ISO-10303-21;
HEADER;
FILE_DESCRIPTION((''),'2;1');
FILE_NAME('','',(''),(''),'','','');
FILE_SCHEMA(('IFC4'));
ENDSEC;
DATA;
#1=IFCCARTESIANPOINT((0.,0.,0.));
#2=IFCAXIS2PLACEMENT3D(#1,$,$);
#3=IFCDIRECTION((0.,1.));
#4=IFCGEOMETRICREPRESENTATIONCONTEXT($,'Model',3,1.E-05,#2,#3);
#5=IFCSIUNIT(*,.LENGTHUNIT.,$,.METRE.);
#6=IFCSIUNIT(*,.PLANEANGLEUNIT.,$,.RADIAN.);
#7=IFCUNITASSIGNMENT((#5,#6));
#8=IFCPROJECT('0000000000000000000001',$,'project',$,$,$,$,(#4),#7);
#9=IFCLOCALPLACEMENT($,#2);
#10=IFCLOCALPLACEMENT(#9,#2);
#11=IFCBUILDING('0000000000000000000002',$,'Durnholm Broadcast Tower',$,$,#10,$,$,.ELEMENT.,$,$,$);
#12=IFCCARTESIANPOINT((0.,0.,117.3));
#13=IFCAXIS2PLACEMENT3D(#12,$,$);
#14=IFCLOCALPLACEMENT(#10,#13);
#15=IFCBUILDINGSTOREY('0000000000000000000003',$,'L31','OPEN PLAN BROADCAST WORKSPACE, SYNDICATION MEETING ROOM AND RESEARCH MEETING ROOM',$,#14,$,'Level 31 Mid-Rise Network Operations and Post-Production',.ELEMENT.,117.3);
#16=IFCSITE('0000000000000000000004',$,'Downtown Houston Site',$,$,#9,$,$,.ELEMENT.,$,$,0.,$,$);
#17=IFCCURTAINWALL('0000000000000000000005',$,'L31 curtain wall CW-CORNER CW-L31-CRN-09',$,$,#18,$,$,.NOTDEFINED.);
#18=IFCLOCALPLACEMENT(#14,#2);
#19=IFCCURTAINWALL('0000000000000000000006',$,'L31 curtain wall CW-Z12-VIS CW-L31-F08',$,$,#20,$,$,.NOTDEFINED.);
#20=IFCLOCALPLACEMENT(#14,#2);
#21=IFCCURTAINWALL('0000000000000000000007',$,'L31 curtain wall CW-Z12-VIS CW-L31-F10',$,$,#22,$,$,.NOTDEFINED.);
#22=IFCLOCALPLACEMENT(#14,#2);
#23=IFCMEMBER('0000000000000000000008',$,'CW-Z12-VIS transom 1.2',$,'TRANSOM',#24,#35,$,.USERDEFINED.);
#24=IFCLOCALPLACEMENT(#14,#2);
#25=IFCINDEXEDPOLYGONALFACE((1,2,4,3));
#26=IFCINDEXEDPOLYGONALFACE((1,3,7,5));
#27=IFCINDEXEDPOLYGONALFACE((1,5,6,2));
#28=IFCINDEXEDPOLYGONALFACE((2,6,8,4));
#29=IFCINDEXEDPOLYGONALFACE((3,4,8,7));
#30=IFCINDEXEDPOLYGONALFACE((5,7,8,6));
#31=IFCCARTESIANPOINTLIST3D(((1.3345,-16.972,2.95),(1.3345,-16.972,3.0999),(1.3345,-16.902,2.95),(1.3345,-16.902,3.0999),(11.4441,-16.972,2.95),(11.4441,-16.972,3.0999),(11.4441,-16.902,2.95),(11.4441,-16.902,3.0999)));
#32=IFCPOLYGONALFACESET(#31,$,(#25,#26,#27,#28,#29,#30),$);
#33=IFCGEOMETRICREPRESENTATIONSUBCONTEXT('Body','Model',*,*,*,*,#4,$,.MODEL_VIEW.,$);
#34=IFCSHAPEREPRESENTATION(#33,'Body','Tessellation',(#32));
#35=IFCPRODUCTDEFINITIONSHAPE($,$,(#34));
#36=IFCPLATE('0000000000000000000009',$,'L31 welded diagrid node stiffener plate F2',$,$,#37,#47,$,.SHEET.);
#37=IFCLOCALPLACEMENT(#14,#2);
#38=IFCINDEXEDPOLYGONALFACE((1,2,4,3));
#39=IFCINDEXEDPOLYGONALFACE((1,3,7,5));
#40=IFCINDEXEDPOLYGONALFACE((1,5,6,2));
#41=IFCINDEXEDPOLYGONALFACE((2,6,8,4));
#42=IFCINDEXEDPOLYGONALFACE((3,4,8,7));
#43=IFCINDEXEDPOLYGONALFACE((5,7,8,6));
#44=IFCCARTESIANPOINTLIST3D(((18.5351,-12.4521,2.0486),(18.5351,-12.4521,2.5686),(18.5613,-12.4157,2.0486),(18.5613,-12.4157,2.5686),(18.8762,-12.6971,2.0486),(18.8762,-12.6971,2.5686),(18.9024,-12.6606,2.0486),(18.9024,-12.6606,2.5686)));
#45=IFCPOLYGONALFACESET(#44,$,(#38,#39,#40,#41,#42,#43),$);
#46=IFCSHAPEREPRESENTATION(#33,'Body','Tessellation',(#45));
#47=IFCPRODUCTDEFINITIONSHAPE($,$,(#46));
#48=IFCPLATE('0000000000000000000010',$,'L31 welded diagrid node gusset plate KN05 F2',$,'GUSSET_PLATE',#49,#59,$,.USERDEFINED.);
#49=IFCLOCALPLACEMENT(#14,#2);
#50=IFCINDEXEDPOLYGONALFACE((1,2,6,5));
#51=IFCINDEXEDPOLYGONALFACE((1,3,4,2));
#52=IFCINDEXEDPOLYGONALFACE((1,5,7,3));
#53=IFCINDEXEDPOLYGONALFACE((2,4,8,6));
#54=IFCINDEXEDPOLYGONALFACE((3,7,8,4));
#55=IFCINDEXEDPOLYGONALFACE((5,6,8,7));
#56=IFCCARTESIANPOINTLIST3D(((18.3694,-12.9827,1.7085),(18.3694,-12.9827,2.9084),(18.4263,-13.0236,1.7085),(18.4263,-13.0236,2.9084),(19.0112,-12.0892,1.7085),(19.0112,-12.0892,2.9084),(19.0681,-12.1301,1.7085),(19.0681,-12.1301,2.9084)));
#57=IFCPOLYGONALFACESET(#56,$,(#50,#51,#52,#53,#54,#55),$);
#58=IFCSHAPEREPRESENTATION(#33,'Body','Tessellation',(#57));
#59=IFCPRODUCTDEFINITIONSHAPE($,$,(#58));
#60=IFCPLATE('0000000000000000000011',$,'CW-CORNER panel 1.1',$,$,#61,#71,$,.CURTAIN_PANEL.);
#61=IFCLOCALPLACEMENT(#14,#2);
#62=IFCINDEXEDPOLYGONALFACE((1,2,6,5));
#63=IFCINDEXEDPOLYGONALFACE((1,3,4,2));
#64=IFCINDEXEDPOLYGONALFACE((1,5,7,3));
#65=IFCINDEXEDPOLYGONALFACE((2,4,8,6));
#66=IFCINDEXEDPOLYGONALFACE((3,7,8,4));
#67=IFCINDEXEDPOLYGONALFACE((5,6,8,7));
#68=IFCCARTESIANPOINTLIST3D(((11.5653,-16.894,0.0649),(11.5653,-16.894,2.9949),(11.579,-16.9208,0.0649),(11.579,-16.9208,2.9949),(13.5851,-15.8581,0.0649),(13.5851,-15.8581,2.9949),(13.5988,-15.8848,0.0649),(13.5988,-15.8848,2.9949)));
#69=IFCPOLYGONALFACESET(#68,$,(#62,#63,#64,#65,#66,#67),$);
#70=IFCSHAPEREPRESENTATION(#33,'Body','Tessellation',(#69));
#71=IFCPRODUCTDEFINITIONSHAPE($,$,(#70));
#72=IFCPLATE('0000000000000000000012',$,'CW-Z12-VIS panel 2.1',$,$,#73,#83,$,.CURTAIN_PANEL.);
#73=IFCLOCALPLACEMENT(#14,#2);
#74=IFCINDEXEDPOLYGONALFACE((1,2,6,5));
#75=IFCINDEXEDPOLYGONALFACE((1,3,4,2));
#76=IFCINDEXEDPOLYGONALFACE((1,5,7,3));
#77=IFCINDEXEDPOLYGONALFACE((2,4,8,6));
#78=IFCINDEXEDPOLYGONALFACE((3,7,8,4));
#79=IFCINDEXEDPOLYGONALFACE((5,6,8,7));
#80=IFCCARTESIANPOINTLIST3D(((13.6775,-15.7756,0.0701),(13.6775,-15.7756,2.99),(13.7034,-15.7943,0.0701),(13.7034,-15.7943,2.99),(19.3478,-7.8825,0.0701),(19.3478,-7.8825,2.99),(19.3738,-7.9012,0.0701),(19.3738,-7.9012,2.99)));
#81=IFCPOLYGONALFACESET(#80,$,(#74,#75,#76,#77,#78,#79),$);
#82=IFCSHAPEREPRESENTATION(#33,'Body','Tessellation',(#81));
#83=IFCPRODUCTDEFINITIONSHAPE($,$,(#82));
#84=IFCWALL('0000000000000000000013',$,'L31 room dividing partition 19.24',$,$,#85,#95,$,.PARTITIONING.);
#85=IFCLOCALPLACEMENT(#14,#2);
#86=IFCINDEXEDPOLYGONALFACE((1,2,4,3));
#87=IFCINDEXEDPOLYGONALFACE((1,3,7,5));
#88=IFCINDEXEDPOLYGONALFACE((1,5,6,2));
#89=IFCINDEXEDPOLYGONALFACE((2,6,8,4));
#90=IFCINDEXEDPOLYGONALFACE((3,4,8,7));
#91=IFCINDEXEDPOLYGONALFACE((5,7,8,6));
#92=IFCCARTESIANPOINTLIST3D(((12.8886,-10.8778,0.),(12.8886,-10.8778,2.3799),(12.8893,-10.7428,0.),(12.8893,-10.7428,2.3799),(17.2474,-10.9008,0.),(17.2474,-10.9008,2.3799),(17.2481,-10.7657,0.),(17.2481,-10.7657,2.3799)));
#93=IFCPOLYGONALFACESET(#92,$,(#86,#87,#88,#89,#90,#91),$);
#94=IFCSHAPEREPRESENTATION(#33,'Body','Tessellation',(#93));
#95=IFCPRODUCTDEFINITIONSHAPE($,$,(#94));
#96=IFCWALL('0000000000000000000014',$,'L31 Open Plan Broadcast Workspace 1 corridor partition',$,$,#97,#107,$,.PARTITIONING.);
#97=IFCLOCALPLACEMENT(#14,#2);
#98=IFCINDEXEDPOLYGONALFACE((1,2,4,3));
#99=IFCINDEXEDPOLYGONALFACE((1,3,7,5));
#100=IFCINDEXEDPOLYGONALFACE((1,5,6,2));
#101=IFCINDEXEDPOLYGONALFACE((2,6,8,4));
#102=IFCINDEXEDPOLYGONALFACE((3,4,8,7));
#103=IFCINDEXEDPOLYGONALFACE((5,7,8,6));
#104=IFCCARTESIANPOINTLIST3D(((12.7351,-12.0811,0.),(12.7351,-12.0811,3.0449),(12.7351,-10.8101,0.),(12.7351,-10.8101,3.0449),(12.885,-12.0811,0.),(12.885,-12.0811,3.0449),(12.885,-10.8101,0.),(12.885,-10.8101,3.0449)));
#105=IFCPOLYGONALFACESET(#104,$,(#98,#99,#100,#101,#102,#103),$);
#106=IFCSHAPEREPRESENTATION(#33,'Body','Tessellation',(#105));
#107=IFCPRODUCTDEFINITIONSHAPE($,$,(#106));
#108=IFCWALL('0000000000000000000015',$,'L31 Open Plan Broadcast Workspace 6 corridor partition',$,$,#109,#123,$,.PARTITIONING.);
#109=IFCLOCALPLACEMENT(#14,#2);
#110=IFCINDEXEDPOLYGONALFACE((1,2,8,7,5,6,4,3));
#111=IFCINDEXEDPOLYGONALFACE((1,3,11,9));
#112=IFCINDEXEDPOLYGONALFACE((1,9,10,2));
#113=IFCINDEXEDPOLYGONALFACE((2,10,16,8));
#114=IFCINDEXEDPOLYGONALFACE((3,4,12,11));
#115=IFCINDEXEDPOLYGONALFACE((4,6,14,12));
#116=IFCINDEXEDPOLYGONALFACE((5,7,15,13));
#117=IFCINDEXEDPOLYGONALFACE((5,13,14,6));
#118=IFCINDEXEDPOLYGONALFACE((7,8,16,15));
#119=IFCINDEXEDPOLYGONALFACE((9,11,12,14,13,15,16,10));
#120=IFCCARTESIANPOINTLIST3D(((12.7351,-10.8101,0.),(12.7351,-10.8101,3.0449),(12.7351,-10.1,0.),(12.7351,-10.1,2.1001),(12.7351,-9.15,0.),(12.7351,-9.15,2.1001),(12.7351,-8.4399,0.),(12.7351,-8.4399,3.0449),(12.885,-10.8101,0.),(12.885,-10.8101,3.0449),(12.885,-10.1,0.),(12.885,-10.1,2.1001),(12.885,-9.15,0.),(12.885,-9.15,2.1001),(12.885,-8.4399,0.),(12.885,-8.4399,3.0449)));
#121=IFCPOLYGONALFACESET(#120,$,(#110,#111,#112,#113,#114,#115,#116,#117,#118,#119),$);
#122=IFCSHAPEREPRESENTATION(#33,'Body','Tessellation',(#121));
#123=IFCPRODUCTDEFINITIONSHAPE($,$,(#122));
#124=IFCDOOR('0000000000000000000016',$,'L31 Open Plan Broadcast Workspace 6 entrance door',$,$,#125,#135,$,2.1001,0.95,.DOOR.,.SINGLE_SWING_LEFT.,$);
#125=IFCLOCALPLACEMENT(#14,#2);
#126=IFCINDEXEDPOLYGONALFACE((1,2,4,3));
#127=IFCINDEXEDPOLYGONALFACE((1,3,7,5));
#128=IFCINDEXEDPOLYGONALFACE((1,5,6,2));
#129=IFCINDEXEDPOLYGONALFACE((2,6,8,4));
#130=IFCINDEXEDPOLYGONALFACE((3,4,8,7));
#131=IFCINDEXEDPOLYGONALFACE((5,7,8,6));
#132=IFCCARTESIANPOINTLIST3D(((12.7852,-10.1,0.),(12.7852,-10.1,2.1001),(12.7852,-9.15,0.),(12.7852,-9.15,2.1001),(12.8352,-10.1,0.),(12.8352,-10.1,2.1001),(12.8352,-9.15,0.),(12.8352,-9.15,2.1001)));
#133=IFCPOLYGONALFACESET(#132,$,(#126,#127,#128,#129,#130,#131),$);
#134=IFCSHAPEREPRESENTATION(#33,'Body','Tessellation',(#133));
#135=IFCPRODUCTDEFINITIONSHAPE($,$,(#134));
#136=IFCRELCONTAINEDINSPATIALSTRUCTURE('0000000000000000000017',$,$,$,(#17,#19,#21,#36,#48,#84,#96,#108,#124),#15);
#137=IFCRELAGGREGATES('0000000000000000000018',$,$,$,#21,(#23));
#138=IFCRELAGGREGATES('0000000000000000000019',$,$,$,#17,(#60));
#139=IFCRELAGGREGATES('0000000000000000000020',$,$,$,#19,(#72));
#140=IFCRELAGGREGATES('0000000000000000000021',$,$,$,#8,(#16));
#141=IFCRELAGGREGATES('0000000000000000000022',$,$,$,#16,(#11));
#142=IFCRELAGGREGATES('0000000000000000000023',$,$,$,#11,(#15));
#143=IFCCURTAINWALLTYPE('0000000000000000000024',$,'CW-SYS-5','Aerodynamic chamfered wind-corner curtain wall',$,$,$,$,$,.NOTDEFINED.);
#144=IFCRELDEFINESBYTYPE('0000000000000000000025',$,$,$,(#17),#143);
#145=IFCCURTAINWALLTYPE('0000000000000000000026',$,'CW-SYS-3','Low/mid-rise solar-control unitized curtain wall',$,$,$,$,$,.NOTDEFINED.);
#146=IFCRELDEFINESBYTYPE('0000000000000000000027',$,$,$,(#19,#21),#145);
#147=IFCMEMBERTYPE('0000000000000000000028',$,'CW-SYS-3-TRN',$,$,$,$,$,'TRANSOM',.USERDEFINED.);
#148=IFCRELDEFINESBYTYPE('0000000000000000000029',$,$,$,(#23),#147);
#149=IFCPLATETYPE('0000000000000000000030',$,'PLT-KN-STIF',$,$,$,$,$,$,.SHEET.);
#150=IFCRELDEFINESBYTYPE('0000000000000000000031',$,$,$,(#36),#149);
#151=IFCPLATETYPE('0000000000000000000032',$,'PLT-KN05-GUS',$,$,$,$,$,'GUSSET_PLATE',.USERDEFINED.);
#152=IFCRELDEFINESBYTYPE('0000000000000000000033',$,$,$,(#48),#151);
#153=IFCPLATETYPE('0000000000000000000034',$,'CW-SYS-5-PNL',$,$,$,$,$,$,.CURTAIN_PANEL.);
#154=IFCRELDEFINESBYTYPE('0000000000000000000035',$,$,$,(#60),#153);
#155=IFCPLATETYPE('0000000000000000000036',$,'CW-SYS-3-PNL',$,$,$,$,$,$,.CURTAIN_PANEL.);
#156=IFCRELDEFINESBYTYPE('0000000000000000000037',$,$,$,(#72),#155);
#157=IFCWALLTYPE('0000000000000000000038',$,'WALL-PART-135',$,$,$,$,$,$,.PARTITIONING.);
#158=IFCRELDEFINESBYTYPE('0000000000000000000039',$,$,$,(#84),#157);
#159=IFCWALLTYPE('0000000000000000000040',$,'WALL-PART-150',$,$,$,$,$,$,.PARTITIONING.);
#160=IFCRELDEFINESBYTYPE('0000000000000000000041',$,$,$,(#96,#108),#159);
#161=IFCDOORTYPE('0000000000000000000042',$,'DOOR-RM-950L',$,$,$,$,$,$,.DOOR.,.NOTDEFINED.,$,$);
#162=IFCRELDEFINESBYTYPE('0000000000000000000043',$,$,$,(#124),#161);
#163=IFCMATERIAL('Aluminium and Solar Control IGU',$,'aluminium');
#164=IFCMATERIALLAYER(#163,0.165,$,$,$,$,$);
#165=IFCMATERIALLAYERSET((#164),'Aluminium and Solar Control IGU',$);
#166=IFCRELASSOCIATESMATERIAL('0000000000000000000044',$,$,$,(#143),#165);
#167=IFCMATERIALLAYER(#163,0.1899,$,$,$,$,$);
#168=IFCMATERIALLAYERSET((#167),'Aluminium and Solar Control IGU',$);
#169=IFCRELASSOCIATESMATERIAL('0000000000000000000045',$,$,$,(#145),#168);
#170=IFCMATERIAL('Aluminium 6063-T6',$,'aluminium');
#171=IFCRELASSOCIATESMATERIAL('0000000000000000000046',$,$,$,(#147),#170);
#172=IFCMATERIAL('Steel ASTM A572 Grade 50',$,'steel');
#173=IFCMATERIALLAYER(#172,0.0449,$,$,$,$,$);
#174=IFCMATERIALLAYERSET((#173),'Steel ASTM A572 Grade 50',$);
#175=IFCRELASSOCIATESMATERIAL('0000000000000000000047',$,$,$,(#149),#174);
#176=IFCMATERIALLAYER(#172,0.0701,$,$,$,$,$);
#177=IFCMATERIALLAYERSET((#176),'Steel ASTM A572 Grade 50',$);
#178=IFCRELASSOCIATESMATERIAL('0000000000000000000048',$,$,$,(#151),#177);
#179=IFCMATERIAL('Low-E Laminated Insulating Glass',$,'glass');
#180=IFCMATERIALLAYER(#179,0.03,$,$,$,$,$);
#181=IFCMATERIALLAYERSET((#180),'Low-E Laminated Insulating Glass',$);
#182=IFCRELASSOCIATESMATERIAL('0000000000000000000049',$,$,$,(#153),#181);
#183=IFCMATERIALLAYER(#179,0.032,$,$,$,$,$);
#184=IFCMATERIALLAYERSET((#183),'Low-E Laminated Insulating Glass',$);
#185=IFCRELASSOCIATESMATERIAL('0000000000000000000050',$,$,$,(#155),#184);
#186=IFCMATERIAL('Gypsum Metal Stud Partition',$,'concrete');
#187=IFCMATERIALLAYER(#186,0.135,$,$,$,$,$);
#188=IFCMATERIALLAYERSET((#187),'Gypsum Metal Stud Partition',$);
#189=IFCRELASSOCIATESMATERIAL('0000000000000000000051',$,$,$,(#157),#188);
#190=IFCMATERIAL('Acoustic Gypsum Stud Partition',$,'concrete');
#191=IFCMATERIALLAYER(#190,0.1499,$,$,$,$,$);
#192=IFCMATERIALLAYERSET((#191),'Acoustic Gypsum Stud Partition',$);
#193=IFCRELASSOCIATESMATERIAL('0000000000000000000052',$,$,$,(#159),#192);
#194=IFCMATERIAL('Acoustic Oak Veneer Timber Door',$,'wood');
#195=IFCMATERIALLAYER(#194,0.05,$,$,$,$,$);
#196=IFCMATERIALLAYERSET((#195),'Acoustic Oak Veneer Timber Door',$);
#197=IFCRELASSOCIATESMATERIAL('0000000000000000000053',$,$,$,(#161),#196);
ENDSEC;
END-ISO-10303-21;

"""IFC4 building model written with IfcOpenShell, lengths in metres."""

from ifc_helpers import new_model, si_unit, direction, frame, frame_2d, origin, origin_2d, place, context, subcontext, project, spatial, rectangle, extrude, source, transform, mapped, material, layer, layer_set, material_profile, profile_set, type_object, type_shapes, element, fill, aggregate, save


model = new_model("IFC4")

# Units and contexts
model_context = context("Model", 3, precision=1e-05, world=origin(), true_north=direction((0.0, 1.0)))
body_context = subcontext(model_context, "Body", "Model", "MODEL_VIEW")
ifc_project = project(units=[si_unit("LENGTHUNIT", "METRE"), si_unit("PLANEANGLEUNIT", "RADIAN")], contexts=[model_context])

# Site, building, storey
site_placement = place(None, origin())
site = spatial("IfcSite", under=ifc_project, at=site_placement, Name="Downtown Houston Site", CompositionType="ELEMENT", RefElevation=0.0)
building_placement = place(site_placement, origin())
building = spatial("IfcBuilding", under=site, at=building_placement, Name="Durnholm Broadcast Tower", CompositionType="ELEMENT")
storey_placement = place(building_placement, frame((0.0, 0.0, 117.3)))
storey = spatial("IfcBuildingStorey", under=building, at=storey_placement, Name="L31", Description="OPEN PLAN BROADCAST WORKSPACE, SYNDICATION MEETING ROOM AND RESEARCH MEETING ROOM", LongName="Level 31 Mid-Rise Network Operations and Post-Production", CompositionType="ELEMENT", Elevation=117.3)

# Curtain wall
ifc_material_1 = material(Name="Aluminium and Solar Control IGU", Category="aluminium")
ifc_layer_1 = layer(ifc_material_1, 0.165)
ifc_layer_set_1 = layer_set([ifc_layer_1], Name="Aluminium and Solar Control IGU")
curtain_wall_type_1 = type_object("IfcCurtainWallType", Name="CW-SYS-5", Description="Aerodynamic chamfered wind-corner curtain wall", PredefinedType="NOTDEFINED", material=ifc_layer_set_1)
curtain_wall_1_placement = place(storey_placement, origin())
curtain_wall_1 = element("IfcCurtainWall", 1, at=curtain_wall_1_placement, inside=storey, type_object=curtain_wall_type_1, Name="L31 curtain wall CW-CORNER CW-L31-CRN-09", PredefinedType="NOTDEFINED")
ifc_material_2 = material(Name="Aluminium 6063-T6", Category="aluminium")

# Curtain walls
ifc_layer_2 = layer(ifc_material_1, 0.1899)
ifc_layer_set_2 = layer_set([ifc_layer_2], Name="Aluminium and Solar Control IGU")
curtain_wall_type_2 = type_object("IfcCurtainWallType", Name="CW-SYS-3", Description="Low/mid-rise solar-control unitized curtain wall", PredefinedType="NOTDEFINED", material=ifc_layer_set_2)
curtain_wall_2_placement = place(storey_placement, origin())
curtain_wall_2 = element("IfcCurtainWall", 2, at=curtain_wall_2_placement, inside=storey, type_object=curtain_wall_type_2, Name="L31 curtain wall CW-Z12-VIS CW-L31-F08", PredefinedType="NOTDEFINED")
curtain_wall_3_placement = place(storey_placement, origin())
curtain_wall_3 = element("IfcCurtainWall", 3, at=curtain_wall_3_placement, inside=storey, type_object=curtain_wall_type_2, Name="L31 curtain wall CW-Z12-VIS CW-L31-F10", PredefinedType="NOTDEFINED")

# Member
ifc_material_profile_1 = material_profile(ifc_material_2, rectangle(XDim=0.0701, YDim=0.1499, at=origin_2d()), Name="CWT70X150")
ifc_profile_set_1 = profile_set([ifc_material_profile_1], Name="Aluminium 6063-T6")
member_type_1 = type_object("IfcMemberType", Name="CW-SYS-3-TRN", ElementType="TRANSOM", PredefinedType="USERDEFINED", material=ifc_profile_set_1)
shared_shape_1 = source(origin(), body_context, "Body", "SweptSolid", [
    extrude(rectangle(XDim=0.0701, YDim=0.1499, at=origin_2d()), origin(), (0.0, 0.0, 1.0), 10.1096),
])
type_shapes(member_type_1, [shared_shape_1])
member_1_placement = place(storey_placement, frame((11.4441, -16.937, 3.0249), z_axis=(-1.0, 0.0, 0.0), x_axis=(0.0, -1.0, 0.0)))
member_1 = element("IfcMember", 4, at=member_1_placement, type_object=member_type_1, Name="CW-Z12-VIS transom 1.2", ObjectType="TRANSOM", PredefinedType="USERDEFINED", context=body_context, shape_type="MappedRepresentation", body=[
    mapped(shared_shape_1, transform((0.0, 0.0, 0.0), x_axis=(1.0, 0.0, 0.0), y_axis=(0.0, 1.0, 0.0), z_axis=(0.0, 0.0, 1.0), scale=1.0)),
])
aggregate(curtain_wall_3, [member_1])

# Plates
ifc_material_3 = material(Name="Steel ASTM A572 Grade 50", Category="steel")
ifc_layer_3 = layer(ifc_material_3, 0.0449)
ifc_layer_set_3 = layer_set([ifc_layer_3], Name="Steel ASTM A572 Grade 50")
plate_type_1 = type_object("IfcPlateType", Name="PLT-KN-STIF", PredefinedType="SHEET", material=ifc_layer_set_3)
shared_shape_2 = source(origin(), body_context, "Body", "SweptSolid", [
    extrude(rectangle(XDim=0.0449, YDim=0.4199, at=origin_2d()), origin(), (0.0, 0.0, 1.0), 0.52),
])
type_shapes(plate_type_1, [shared_shape_2])
plate_1_placement = place(storey_placement, frame((18.7188, -12.5564, 2.0486), z_axis=(0.0, 0.0, 1.0), x_axis=(0.583399, 0.812185, 0.0)))
element("IfcPlate", 5, at=plate_1_placement, inside=storey, type_object=plate_type_1, Name="L31 welded diagrid node stiffener plate F2", PredefinedType="SHEET", context=body_context, shape_type="MappedRepresentation", body=[
    mapped(shared_shape_2, transform((0.0, 0.0, 0.0), x_axis=(1.0, 0.0, 0.0), y_axis=(0.0, 1.0, 0.0), z_axis=(0.0, 0.0, 1.0), scale=1.0)),
])
ifc_layer_4 = layer(ifc_material_3, 0.0701)
ifc_layer_set_4 = layer_set([ifc_layer_4], Name="Steel ASTM A572 Grade 50")
plate_type_2 = type_object("IfcPlateType", Name="PLT-KN05-GUS", ElementType="GUSSET_PLATE", PredefinedType="USERDEFINED", material=ifc_layer_set_4)
shared_shape_3 = source(origin(), body_context, "Body", "SweptSolid", [
    extrude(rectangle(XDim=1.1001, YDim=0.0701, at=origin_2d()), origin(), (0.0, 0.0, 1.0), 1.2),
])
type_shapes(plate_type_2, [shared_shape_3])
plate_2_placement = place(storey_placement, frame((18.7188, -12.5564, 1.7085), z_axis=(0.0, 0.0, 1.0), x_axis=(0.583399, 0.812185, 0.0)))
element("IfcPlate", 6, at=plate_2_placement, inside=storey, type_object=plate_type_2, Name="L31 welded diagrid node gusset plate KN05 F2", ObjectType="GUSSET_PLATE", PredefinedType="USERDEFINED", context=body_context, shape_type="MappedRepresentation", body=[
    mapped(shared_shape_3, transform((0.0, 0.0, 0.0), x_axis=(1.0, 0.0, 0.0), y_axis=(0.0, 1.0, 0.0), z_axis=(0.0, 0.0, 1.0), scale=1.0)),
])

# Plates
ifc_material_4 = material(Name="Low-E Laminated Insulating Glass", Category="glass")
ifc_layer_5 = layer(ifc_material_4, 0.03)
ifc_layer_set_5 = layer_set([ifc_layer_5], Name="Low-E Laminated Insulating Glass")
plate_type_3 = type_object("IfcPlateType", Name="CW-SYS-5-PNL", PredefinedType="CURTAIN_PANEL", material=ifc_layer_set_5)
shared_shape_4 = source(origin(), body_context, "Body", "SweptSolid", [
    extrude(rectangle(XDim=2.27, YDim=0.03, at=origin_2d()), origin(), (0.0, 0.0, 1.0), 2.9299),
])
type_shapes(plate_type_3, [shared_shape_4])
plate_3_placement = place(storey_placement, frame((12.582, -16.3894, 0.0649), z_axis=(0.0, 0.0, 1.0), x_axis=(-0.889788, -0.456373, 0.0)))
plate_3 = element("IfcPlate", 7, at=plate_3_placement, type_object=plate_type_3, Name="CW-CORNER panel 1.1", PredefinedType="CURTAIN_PANEL", context=body_context, shape_type="MappedRepresentation", body=[
    mapped(shared_shape_4, transform((0.0, 0.0, 0.0), x_axis=(1.0, 0.0, 0.0), y_axis=(0.0, 1.0, 0.0), z_axis=(0.0, 0.0, 1.0), scale=1.0)),
])
aggregate(curtain_wall_1, [plate_3])
ifc_layer_6 = layer(ifc_material_4, 0.032)
ifc_layer_set_6 = layer_set([ifc_layer_6], Name="Low-E Laminated Insulating Glass")
plate_type_4 = type_object("IfcPlateType", Name="CW-SYS-3-PNL", PredefinedType="CURTAIN_PANEL", material=ifc_layer_set_6)
shared_shape_5 = source(origin(), body_context, "Body", "SweptSolid", [
    extrude(rectangle(XDim=9.7188, YDim=0.032, at=origin_2d()), origin(), (0.0, 0.0, 1.0), 2.9199),
])
type_shapes(plate_type_4, [shared_shape_5])
plate_4_placement = place(storey_placement, frame((16.5256, -11.8384, 0.0701), z_axis=(0.0, 0.0, 1.0), x_axis=(-0.583445, -0.812152, 0.0)))
plate_4 = element("IfcPlate", 8, at=plate_4_placement, type_object=plate_type_4, Name="CW-Z12-VIS panel 2.1", PredefinedType="CURTAIN_PANEL", context=body_context, shape_type="MappedRepresentation", body=[
    mapped(shared_shape_5, transform((0.0, 0.0, 0.0), x_axis=(1.0, 0.0, 0.0), y_axis=(0.0, 1.0, 0.0), z_axis=(0.0, 0.0, 1.0), scale=1.0)),
])
aggregate(curtain_wall_2, [plate_4])

# Walls
ifc_material_5 = material(Name="Gypsum Metal Stud Partition", Category="concrete")
ifc_layer_7 = layer(ifc_material_5, 0.135)
ifc_layer_set_7 = layer_set([ifc_layer_7], Name="Gypsum Metal Stud Partition")
wall_type_1 = type_object("IfcWallType", Name="WALL-PART-135", PredefinedType="PARTITIONING", material=ifc_layer_set_7)
wall_1_placement = place(storey_placement, frame((12.8889, -10.8103, 0.0), z_axis=(0.0, 0.0, 1.0), x_axis=(0.999986, -0.005265, 0.0)))
element("IfcWall", 9, at=wall_1_placement, inside=storey, type_object=wall_type_1, Name="L31 room dividing partition 19.24", PredefinedType="PARTITIONING", context=body_context, shape_type="SweptSolid", body=[
    extrude(rectangle(XDim=4.3589, YDim=0.135, at=frame_2d((2.1794, 0.0))), origin(), (0.0, 0.0, 1.0), 2.3799),
])
ifc_material_6 = material(Name="Acoustic Gypsum Stud Partition", Category="concrete")
ifc_layer_8 = layer(ifc_material_6, 0.1499)
ifc_layer_set_8 = layer_set([ifc_layer_8], Name="Acoustic Gypsum Stud Partition")
wall_type_2 = type_object("IfcWallType", Name="WALL-PART-150", PredefinedType="PARTITIONING", material=ifc_layer_set_8)
wall_2_placement = place(storey_placement, frame((12.8101, -12.0811, 0.0), z_axis=(0.0, 0.0, 1.0), x_axis=(0.0, 1.0, 0.0)))
element("IfcWall", 10, at=wall_2_placement, inside=storey, type_object=wall_type_2, Name="L31 Open Plan Broadcast Workspace 1 corridor partition", PredefinedType="PARTITIONING", context=body_context, shape_type="SweptSolid", body=[
    extrude(rectangle(XDim=1.271, YDim=0.1499, at=frame_2d((0.6355, 0.0))), origin(), (0.0, 0.0, 1.0), 3.0449),
])

# Wall, opening, door
wall_3_placement = place(storey_placement, frame((12.8101, -10.8101, 0.0), z_axis=(0.0, 0.0, 1.0), x_axis=(0.0, 1.0, 0.0)))
wall_3 = element("IfcWall", 11, at=wall_3_placement, inside=storey, type_object=wall_type_2, Name="L31 Open Plan Broadcast Workspace 6 corridor partition", PredefinedType="PARTITIONING", context=body_context, shape_type="SweptSolid", body=[
    extrude(rectangle(XDim=2.3701, YDim=0.1499, at=frame_2d((1.1851, 0.0))), origin(), (0.0, 0.0, 1.0), 3.0449),
])
opening_placement = place(wall_3_placement, frame((0.71, 0.0, 0.0)))
opening = element("IfcOpeningElement", 12, at=opening_placement, cuts=wall_3, PredefinedType="OPENING", context=body_context, shape_type="SweptSolid", body=[
    extrude(rectangle(XDim=0.95, YDim=2.1001, at=frame_2d((0.4751, 1.05))), frame((0.0, 0.085, 0.0), z_axis=(0.0, -1.0, 0.0), x_axis=(1.0, 0.0, 0.0)), (0.0, 0.0, 1.0), 0.1699),
])
ifc_material_7 = material(Name="Acoustic Oak Veneer Timber Door", Category="wood")
ifc_layer_9 = layer(ifc_material_7, 0.05)
ifc_layer_set_9 = layer_set([ifc_layer_9], Name="Acoustic Oak Veneer Timber Door")
door_type = type_object("IfcDoorType", Name="DOOR-RM-950L", OperationType="NOTDEFINED", PredefinedType="DOOR", material=ifc_layer_set_9)
shared_shape_6 = source(origin(), body_context, "Body", "SweptSolid", [
    extrude(rectangle(XDim=0.95, YDim=2.1001, at=frame_2d((0.4751, 1.05))), frame((0.0, 0.0249, 0.0), z_axis=(0.0, -1.0, 0.0), x_axis=(1.0, 0.0, 0.0)), (0.0, 0.0, 1.0), 0.05),
])
type_shapes(door_type, [shared_shape_6])
door_placement = place(opening_placement, origin())
door = element("IfcDoor", 13, at=door_placement, inside=storey, type_object=door_type, Name="L31 Open Plan Broadcast Workspace 6 entrance door", OperationType="SINGLE_SWING_LEFT", OverallHeight=2.1001, OverallWidth=0.95, PredefinedType="DOOR", context=body_context, shape_type="MappedRepresentation", body=[
    mapped(shared_shape_6, transform((0.0, 0.0, 0.0), x_axis=(1.0, 0.0, 0.0), y_axis=(0.0, 1.0, 0.0), z_axis=(0.0, 0.0, 1.0), scale=1.0)),
])
fill(opening, door)

save(model, "model.ifc")
